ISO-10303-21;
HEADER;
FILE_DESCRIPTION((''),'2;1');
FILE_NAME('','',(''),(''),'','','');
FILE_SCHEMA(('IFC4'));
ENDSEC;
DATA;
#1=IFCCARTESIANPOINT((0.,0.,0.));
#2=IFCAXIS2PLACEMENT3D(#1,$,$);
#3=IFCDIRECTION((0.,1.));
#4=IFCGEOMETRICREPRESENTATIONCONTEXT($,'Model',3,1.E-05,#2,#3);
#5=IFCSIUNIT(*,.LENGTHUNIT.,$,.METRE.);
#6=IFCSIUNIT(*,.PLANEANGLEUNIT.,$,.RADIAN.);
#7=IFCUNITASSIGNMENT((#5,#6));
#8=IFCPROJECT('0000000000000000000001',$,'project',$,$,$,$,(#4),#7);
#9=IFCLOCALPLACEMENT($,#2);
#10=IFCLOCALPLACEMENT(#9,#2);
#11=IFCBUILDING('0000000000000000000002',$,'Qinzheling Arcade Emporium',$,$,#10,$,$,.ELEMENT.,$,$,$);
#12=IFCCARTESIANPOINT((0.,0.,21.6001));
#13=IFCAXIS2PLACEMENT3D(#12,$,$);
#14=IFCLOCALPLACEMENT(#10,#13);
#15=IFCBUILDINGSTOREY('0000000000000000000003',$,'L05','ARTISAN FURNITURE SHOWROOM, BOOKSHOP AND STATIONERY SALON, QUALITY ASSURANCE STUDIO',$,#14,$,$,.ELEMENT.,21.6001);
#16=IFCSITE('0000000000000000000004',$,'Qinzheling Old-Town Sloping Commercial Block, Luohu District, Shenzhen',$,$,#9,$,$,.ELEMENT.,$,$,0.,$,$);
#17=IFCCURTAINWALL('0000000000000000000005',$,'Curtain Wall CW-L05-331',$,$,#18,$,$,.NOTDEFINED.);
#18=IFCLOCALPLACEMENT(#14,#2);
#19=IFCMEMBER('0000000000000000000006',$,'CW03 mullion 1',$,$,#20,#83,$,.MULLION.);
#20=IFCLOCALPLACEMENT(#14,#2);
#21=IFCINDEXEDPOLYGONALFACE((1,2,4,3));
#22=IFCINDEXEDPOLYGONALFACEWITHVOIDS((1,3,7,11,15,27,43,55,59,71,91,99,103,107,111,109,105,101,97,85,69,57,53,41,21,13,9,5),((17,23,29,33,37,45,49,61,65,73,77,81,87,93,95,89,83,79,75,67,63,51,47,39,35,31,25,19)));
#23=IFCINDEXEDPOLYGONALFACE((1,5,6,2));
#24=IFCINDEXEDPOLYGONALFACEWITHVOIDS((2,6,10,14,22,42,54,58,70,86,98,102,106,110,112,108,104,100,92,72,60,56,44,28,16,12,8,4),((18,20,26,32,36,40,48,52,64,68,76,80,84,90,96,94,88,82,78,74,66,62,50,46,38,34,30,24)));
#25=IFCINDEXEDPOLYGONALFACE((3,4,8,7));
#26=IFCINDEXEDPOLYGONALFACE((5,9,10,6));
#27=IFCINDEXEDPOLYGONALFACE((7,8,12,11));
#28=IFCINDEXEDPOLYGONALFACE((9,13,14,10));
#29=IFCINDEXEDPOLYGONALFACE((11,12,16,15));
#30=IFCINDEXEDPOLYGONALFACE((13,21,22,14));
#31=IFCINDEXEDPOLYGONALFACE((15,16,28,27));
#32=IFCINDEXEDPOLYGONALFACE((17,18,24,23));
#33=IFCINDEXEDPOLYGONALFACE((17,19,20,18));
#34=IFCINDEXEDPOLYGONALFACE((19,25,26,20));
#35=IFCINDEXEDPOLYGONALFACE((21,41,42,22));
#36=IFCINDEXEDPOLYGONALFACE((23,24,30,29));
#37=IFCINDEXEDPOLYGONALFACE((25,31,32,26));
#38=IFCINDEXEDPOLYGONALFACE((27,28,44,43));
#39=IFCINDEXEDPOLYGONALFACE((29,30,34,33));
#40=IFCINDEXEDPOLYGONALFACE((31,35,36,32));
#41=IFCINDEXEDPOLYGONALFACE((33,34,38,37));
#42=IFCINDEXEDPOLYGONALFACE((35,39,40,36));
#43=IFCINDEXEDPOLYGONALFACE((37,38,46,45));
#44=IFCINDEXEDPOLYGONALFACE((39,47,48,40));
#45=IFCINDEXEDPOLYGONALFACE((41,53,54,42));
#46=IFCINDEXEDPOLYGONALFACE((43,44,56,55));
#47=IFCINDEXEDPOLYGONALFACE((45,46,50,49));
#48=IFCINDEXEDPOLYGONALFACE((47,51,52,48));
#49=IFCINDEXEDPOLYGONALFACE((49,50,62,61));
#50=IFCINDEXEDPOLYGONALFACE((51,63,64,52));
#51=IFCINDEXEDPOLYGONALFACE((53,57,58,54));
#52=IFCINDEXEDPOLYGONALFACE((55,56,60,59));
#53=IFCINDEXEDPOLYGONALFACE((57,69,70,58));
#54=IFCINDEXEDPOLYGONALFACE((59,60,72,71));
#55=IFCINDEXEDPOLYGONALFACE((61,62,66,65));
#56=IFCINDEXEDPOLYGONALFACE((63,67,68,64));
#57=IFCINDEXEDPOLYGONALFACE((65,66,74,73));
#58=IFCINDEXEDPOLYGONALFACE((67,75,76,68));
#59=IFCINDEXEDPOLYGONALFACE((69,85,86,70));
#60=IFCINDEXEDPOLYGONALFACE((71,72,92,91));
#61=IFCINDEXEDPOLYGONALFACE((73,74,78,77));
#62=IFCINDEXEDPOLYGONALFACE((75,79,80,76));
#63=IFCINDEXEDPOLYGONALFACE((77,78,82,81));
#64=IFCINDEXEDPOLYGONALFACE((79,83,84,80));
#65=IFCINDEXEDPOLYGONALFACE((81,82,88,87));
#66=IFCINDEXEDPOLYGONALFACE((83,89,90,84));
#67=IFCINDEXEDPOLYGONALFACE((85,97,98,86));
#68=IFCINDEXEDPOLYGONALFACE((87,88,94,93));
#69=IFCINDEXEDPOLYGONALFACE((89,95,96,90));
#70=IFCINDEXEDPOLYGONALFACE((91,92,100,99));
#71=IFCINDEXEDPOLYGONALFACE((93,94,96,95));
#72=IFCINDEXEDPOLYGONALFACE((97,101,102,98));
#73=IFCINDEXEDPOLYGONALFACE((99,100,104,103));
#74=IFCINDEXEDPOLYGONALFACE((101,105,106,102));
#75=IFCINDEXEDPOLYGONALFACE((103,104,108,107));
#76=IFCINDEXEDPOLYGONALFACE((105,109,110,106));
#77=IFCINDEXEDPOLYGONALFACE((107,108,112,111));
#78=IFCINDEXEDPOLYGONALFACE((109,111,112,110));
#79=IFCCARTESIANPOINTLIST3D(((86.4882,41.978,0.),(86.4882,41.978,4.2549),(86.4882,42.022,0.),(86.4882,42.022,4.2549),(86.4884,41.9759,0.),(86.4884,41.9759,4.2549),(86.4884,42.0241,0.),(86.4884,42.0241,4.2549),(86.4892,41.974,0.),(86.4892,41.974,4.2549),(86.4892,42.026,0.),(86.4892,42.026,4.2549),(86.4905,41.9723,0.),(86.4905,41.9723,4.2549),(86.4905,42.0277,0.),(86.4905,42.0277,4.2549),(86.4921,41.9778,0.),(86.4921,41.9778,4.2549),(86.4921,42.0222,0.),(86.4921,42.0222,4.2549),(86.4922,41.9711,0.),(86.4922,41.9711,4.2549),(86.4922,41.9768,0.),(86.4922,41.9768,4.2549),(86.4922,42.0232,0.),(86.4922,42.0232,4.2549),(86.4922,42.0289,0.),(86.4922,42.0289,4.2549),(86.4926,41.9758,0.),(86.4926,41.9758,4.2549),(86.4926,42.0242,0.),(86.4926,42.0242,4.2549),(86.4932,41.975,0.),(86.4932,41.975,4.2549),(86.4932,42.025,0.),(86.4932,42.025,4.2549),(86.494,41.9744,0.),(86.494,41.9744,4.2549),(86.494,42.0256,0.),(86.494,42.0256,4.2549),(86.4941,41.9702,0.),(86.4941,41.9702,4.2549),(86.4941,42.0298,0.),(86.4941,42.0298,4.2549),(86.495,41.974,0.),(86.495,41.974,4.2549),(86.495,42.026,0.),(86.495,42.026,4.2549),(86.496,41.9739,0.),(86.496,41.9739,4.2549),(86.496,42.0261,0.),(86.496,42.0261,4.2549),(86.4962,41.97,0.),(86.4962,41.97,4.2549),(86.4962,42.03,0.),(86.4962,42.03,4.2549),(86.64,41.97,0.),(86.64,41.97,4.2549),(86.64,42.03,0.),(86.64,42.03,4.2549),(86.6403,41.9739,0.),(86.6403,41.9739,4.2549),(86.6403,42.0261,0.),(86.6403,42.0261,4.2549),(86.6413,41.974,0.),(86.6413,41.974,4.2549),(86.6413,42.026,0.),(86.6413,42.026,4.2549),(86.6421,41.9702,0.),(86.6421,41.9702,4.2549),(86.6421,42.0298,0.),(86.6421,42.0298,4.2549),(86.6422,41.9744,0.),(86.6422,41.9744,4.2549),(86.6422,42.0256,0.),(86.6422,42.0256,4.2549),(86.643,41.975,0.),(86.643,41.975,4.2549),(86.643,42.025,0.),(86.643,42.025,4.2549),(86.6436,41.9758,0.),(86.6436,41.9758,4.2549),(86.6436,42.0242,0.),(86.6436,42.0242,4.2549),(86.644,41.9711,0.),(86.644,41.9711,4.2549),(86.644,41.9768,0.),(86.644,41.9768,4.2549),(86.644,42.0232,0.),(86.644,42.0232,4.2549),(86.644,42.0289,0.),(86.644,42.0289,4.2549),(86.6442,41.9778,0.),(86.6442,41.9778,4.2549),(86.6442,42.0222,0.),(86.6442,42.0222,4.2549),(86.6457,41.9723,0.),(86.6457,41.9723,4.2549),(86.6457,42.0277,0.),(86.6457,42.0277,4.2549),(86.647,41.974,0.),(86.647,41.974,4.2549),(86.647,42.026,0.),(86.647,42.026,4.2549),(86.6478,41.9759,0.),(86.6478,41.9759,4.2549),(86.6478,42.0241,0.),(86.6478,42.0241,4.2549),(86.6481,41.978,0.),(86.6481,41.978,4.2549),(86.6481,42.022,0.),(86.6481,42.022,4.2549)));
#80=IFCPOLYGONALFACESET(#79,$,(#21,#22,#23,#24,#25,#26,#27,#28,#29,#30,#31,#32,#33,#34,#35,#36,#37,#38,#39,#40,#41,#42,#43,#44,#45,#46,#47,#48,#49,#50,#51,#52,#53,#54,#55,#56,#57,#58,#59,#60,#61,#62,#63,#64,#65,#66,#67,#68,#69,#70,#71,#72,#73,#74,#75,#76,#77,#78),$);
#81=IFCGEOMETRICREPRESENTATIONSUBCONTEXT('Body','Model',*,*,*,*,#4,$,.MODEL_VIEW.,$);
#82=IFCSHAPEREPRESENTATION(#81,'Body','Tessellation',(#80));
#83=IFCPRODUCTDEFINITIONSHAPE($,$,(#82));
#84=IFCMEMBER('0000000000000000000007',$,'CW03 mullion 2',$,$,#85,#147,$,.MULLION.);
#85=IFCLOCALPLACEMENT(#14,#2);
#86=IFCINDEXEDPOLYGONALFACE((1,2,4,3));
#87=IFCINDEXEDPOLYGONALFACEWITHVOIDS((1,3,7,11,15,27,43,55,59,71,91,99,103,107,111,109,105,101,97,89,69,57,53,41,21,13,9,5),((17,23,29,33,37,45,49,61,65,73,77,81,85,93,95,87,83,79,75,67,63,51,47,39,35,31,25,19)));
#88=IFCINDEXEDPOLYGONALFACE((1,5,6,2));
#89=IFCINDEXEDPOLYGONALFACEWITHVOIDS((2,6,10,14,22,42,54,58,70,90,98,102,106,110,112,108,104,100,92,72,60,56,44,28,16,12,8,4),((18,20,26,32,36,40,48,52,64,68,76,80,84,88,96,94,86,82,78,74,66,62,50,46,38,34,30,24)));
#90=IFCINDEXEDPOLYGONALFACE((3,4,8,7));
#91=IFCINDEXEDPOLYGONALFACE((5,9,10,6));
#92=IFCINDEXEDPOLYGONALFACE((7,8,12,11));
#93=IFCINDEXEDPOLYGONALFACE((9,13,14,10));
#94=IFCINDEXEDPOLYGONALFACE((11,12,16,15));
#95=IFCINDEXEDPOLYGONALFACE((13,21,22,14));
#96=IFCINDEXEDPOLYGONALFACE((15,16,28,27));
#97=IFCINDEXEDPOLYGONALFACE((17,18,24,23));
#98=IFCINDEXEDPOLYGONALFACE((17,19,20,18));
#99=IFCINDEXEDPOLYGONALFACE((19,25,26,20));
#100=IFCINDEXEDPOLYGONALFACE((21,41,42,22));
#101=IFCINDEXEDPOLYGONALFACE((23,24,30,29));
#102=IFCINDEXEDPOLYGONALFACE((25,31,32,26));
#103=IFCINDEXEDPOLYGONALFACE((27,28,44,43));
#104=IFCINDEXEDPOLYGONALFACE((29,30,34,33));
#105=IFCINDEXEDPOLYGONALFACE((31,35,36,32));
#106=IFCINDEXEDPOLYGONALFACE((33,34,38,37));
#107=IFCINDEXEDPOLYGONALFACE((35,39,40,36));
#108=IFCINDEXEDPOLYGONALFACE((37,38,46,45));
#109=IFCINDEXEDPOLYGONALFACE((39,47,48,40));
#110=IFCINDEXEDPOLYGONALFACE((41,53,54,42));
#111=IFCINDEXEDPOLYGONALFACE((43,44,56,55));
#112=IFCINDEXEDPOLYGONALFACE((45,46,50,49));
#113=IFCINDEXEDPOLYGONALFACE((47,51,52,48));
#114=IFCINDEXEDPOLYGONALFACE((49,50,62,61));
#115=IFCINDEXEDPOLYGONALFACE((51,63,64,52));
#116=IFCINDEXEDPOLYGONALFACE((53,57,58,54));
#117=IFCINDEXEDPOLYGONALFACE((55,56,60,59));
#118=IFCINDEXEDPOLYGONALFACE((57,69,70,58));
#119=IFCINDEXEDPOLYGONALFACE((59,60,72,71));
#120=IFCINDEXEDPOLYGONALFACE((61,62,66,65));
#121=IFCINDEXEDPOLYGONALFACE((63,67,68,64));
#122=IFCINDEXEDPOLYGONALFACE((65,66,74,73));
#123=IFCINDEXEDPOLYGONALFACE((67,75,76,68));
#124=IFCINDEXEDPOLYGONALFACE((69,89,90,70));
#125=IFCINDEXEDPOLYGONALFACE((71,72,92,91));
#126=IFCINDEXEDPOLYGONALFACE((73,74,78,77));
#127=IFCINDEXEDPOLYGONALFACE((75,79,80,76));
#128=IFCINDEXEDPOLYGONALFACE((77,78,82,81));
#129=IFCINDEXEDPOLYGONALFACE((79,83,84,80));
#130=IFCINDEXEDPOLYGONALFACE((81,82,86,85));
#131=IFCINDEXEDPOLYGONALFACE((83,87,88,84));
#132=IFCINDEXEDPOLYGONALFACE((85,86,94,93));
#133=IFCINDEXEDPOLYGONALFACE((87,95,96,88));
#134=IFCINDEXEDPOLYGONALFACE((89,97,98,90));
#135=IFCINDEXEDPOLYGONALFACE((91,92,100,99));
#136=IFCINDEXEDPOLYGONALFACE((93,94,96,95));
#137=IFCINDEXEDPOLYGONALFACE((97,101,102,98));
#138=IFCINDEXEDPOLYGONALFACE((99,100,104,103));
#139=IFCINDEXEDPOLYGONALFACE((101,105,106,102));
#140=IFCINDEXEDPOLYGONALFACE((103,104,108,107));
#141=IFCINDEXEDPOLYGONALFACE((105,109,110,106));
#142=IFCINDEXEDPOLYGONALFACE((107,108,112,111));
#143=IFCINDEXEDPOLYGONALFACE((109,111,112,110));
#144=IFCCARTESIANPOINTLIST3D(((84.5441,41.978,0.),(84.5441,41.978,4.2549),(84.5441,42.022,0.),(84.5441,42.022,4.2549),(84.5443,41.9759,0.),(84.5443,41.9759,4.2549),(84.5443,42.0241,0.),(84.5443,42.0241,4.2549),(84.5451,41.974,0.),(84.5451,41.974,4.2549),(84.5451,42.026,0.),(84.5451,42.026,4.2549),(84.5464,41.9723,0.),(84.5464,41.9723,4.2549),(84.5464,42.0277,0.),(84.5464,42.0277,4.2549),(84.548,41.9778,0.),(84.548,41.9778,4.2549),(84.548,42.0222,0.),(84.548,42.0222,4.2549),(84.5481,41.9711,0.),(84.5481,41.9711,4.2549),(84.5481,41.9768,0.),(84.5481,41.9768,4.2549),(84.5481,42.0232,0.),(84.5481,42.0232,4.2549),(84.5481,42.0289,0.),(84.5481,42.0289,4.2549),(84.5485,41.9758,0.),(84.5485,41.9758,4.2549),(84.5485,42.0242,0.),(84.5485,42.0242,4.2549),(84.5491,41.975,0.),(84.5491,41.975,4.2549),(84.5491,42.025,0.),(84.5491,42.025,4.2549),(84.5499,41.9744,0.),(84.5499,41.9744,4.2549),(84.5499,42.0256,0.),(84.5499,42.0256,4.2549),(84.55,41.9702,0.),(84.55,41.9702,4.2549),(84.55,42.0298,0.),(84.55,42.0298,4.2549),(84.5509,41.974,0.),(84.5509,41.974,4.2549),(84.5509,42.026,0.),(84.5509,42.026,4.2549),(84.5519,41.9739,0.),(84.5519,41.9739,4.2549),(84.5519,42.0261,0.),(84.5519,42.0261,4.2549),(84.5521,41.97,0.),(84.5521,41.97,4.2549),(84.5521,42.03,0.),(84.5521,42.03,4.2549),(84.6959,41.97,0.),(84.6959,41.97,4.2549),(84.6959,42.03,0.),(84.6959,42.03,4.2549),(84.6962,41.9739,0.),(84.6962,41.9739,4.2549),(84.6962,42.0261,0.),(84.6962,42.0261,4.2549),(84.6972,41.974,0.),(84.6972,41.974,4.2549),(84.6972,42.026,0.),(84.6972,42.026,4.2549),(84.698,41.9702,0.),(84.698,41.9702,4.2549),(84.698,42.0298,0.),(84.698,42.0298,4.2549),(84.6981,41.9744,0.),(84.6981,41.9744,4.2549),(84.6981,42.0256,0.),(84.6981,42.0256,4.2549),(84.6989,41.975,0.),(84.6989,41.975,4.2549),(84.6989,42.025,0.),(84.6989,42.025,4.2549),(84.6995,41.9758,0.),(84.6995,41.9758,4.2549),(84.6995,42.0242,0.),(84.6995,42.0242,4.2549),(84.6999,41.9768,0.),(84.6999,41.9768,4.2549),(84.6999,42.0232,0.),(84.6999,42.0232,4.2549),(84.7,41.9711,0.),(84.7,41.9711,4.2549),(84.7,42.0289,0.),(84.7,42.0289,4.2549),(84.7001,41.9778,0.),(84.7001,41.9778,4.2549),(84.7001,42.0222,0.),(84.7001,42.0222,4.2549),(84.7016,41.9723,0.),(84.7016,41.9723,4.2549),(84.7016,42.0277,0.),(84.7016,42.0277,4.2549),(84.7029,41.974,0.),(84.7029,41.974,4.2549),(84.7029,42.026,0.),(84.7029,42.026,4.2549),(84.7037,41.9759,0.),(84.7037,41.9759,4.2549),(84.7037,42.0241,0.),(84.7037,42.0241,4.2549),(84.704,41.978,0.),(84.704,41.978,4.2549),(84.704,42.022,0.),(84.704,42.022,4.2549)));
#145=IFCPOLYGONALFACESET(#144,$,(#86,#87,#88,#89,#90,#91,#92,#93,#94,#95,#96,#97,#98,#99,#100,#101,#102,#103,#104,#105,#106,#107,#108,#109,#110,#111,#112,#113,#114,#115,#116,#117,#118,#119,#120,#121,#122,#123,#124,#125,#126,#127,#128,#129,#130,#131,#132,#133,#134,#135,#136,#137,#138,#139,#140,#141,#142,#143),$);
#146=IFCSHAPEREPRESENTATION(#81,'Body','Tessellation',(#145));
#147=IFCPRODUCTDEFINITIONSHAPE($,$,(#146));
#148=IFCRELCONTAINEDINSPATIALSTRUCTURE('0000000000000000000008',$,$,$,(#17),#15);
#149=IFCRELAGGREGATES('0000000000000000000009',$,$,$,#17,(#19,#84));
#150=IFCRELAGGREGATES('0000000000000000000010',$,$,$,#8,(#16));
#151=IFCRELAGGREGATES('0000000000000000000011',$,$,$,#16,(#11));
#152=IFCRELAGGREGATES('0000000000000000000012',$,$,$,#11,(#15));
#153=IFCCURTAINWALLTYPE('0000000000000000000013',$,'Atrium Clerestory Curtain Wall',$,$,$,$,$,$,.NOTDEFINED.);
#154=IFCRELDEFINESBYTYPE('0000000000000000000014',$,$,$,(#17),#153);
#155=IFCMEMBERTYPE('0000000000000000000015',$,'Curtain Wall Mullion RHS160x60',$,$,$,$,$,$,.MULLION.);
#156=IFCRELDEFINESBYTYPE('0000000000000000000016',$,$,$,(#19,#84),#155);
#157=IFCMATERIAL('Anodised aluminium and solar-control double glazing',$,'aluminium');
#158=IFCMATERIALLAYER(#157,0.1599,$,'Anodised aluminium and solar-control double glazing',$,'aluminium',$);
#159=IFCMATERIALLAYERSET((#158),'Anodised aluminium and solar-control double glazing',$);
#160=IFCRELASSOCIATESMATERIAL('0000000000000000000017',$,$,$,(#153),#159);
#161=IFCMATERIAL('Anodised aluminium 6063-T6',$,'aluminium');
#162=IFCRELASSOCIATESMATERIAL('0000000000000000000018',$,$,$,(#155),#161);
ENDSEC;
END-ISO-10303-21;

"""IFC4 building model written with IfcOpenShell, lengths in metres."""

from ifc_helpers import new_model, si_unit, direction, frame, origin, origin_2d, place, context, subcontext, project, spatial, hollow_rectangle, extrude, material, layer, layer_set, material_profile, profile_set, type_object, element, aggregate, save


model = new_model("IFC4")

# Units and contexts
model_context = context("Model", 3, precision=1e-05, world=origin(), true_north=direction((0.0, 1.0)))
body_context = subcontext(model_context, "Body", "Model", "MODEL_VIEW")
ifc_project = project(units=[si_unit("LENGTHUNIT", "METRE"), si_unit("PLANEANGLEUNIT", "RADIAN")], contexts=[model_context])

# Site, building, storey
site_placement = place(None, origin())
site = spatial("IfcSite", under=ifc_project, at=site_placement, Name="Qinzheling Old-Town Sloping Commercial Block, Luohu District, Shenzhen", CompositionType="ELEMENT", RefElevation=0.0)
building_placement = place(site_placement, origin())
building = spatial("IfcBuilding", under=site, at=building_placement, Name="Qinzheling Arcade Emporium", CompositionType="ELEMENT")
storey_placement = place(building_placement, frame((0.0, 0.0, 21.6001)))
storey = spatial("IfcBuildingStorey", under=building, at=storey_placement, Name="L05", Description="ARTISAN FURNITURE SHOWROOM, BOOKSHOP AND STATIONERY SALON, QUALITY ASSURANCE STUDIO", CompositionType="ELEMENT", Elevation=21.6001)

# Curtain wall, members
ifc_material_1 = material(Name="Anodised aluminium and solar-control double glazing", Category="aluminium")
ifc_layer_1 = layer(ifc_material_1, 0.1599, Name="Anodised aluminium and solar-control double glazing", Category="aluminium")
ifc_layer_set_1 = layer_set([ifc_layer_1], Name="Anodised aluminium and solar-control double glazing")
curtain_wall_type = type_object("IfcCurtainWallType", Name="Atrium Clerestory Curtain Wall", PredefinedType="NOTDEFINED", material=ifc_layer_set_1)
ifc_material_2 = material(Name="Anodised aluminium 6063-T6", Category="aluminium")
ifc_material_profile_1 = material_profile(ifc_material_2, hollow_rectangle(XDim=0.0601, YDim=0.1599, WallThickness=0.0039, InnerFilletRadius=0.0039, OuterFilletRadius=0.0081, at=origin_2d()), Name="RHS 160x60x4", Category="aluminium")
ifc_profile_set_1 = profile_set([ifc_material_profile_1], Name="Anodised aluminium 6063-T6")
member_type_1 = type_object("IfcMemberType", Name="Curtain Wall Mullion RHS160x60", PredefinedType="MULLION", material=ifc_profile_set_1)
curtain_wall_1_placement = place(storey_placement, origin())
curtain_wall_1 = element("IfcCurtainWall", 1, at=curtain_wall_1_placement, inside=storey, type_object=curtain_wall_type, Name="Curtain Wall CW-L05-331", PredefinedType="NOTDEFINED")
member_1_placement = place(storey_placement, frame((86.5681, 42.0, 0.0), z_axis=(0.0, 0.0, 1.0), x_axis=(0.0, -1.0, 0.0)))
member_1 = element("IfcMember", 2, at=member_1_placement, type_object=member_type_1, Name="CW03 mullion 1", PredefinedType="MULLION", context=body_context, shape_type="SweptSolid", body=[
    extrude(hollow_rectangle(XDim=0.0601, YDim=0.1599, WallThickness=0.0039, InnerFilletRadius=0.0039, OuterFilletRadius=0.0081, at=origin_2d()), origin(), (0.0, 0.0, 1.0), 4.2549),
])
member_2_placement = place(storey_placement, frame((84.624, 42.0, 0.0), z_axis=(0.0, 0.0, 1.0), x_axis=(0.0, -1.0, 0.0)))
member_2 = element("IfcMember", 3, at=member_2_placement, type_object=member_type_1, Name="CW03 mullion 2", PredefinedType="MULLION", context=body_context, shape_type="SweptSolid", body=[
    extrude(hollow_rectangle(XDim=0.0601, YDim=0.1599, WallThickness=0.0039, InnerFilletRadius=0.0039, OuterFilletRadius=0.0081, at=origin_2d()), origin(), (0.0, 0.0, 1.0), 4.2549),
])

aggregate(curtain_wall_1, [member_1, member_2])

save(model, "model.ifc")
